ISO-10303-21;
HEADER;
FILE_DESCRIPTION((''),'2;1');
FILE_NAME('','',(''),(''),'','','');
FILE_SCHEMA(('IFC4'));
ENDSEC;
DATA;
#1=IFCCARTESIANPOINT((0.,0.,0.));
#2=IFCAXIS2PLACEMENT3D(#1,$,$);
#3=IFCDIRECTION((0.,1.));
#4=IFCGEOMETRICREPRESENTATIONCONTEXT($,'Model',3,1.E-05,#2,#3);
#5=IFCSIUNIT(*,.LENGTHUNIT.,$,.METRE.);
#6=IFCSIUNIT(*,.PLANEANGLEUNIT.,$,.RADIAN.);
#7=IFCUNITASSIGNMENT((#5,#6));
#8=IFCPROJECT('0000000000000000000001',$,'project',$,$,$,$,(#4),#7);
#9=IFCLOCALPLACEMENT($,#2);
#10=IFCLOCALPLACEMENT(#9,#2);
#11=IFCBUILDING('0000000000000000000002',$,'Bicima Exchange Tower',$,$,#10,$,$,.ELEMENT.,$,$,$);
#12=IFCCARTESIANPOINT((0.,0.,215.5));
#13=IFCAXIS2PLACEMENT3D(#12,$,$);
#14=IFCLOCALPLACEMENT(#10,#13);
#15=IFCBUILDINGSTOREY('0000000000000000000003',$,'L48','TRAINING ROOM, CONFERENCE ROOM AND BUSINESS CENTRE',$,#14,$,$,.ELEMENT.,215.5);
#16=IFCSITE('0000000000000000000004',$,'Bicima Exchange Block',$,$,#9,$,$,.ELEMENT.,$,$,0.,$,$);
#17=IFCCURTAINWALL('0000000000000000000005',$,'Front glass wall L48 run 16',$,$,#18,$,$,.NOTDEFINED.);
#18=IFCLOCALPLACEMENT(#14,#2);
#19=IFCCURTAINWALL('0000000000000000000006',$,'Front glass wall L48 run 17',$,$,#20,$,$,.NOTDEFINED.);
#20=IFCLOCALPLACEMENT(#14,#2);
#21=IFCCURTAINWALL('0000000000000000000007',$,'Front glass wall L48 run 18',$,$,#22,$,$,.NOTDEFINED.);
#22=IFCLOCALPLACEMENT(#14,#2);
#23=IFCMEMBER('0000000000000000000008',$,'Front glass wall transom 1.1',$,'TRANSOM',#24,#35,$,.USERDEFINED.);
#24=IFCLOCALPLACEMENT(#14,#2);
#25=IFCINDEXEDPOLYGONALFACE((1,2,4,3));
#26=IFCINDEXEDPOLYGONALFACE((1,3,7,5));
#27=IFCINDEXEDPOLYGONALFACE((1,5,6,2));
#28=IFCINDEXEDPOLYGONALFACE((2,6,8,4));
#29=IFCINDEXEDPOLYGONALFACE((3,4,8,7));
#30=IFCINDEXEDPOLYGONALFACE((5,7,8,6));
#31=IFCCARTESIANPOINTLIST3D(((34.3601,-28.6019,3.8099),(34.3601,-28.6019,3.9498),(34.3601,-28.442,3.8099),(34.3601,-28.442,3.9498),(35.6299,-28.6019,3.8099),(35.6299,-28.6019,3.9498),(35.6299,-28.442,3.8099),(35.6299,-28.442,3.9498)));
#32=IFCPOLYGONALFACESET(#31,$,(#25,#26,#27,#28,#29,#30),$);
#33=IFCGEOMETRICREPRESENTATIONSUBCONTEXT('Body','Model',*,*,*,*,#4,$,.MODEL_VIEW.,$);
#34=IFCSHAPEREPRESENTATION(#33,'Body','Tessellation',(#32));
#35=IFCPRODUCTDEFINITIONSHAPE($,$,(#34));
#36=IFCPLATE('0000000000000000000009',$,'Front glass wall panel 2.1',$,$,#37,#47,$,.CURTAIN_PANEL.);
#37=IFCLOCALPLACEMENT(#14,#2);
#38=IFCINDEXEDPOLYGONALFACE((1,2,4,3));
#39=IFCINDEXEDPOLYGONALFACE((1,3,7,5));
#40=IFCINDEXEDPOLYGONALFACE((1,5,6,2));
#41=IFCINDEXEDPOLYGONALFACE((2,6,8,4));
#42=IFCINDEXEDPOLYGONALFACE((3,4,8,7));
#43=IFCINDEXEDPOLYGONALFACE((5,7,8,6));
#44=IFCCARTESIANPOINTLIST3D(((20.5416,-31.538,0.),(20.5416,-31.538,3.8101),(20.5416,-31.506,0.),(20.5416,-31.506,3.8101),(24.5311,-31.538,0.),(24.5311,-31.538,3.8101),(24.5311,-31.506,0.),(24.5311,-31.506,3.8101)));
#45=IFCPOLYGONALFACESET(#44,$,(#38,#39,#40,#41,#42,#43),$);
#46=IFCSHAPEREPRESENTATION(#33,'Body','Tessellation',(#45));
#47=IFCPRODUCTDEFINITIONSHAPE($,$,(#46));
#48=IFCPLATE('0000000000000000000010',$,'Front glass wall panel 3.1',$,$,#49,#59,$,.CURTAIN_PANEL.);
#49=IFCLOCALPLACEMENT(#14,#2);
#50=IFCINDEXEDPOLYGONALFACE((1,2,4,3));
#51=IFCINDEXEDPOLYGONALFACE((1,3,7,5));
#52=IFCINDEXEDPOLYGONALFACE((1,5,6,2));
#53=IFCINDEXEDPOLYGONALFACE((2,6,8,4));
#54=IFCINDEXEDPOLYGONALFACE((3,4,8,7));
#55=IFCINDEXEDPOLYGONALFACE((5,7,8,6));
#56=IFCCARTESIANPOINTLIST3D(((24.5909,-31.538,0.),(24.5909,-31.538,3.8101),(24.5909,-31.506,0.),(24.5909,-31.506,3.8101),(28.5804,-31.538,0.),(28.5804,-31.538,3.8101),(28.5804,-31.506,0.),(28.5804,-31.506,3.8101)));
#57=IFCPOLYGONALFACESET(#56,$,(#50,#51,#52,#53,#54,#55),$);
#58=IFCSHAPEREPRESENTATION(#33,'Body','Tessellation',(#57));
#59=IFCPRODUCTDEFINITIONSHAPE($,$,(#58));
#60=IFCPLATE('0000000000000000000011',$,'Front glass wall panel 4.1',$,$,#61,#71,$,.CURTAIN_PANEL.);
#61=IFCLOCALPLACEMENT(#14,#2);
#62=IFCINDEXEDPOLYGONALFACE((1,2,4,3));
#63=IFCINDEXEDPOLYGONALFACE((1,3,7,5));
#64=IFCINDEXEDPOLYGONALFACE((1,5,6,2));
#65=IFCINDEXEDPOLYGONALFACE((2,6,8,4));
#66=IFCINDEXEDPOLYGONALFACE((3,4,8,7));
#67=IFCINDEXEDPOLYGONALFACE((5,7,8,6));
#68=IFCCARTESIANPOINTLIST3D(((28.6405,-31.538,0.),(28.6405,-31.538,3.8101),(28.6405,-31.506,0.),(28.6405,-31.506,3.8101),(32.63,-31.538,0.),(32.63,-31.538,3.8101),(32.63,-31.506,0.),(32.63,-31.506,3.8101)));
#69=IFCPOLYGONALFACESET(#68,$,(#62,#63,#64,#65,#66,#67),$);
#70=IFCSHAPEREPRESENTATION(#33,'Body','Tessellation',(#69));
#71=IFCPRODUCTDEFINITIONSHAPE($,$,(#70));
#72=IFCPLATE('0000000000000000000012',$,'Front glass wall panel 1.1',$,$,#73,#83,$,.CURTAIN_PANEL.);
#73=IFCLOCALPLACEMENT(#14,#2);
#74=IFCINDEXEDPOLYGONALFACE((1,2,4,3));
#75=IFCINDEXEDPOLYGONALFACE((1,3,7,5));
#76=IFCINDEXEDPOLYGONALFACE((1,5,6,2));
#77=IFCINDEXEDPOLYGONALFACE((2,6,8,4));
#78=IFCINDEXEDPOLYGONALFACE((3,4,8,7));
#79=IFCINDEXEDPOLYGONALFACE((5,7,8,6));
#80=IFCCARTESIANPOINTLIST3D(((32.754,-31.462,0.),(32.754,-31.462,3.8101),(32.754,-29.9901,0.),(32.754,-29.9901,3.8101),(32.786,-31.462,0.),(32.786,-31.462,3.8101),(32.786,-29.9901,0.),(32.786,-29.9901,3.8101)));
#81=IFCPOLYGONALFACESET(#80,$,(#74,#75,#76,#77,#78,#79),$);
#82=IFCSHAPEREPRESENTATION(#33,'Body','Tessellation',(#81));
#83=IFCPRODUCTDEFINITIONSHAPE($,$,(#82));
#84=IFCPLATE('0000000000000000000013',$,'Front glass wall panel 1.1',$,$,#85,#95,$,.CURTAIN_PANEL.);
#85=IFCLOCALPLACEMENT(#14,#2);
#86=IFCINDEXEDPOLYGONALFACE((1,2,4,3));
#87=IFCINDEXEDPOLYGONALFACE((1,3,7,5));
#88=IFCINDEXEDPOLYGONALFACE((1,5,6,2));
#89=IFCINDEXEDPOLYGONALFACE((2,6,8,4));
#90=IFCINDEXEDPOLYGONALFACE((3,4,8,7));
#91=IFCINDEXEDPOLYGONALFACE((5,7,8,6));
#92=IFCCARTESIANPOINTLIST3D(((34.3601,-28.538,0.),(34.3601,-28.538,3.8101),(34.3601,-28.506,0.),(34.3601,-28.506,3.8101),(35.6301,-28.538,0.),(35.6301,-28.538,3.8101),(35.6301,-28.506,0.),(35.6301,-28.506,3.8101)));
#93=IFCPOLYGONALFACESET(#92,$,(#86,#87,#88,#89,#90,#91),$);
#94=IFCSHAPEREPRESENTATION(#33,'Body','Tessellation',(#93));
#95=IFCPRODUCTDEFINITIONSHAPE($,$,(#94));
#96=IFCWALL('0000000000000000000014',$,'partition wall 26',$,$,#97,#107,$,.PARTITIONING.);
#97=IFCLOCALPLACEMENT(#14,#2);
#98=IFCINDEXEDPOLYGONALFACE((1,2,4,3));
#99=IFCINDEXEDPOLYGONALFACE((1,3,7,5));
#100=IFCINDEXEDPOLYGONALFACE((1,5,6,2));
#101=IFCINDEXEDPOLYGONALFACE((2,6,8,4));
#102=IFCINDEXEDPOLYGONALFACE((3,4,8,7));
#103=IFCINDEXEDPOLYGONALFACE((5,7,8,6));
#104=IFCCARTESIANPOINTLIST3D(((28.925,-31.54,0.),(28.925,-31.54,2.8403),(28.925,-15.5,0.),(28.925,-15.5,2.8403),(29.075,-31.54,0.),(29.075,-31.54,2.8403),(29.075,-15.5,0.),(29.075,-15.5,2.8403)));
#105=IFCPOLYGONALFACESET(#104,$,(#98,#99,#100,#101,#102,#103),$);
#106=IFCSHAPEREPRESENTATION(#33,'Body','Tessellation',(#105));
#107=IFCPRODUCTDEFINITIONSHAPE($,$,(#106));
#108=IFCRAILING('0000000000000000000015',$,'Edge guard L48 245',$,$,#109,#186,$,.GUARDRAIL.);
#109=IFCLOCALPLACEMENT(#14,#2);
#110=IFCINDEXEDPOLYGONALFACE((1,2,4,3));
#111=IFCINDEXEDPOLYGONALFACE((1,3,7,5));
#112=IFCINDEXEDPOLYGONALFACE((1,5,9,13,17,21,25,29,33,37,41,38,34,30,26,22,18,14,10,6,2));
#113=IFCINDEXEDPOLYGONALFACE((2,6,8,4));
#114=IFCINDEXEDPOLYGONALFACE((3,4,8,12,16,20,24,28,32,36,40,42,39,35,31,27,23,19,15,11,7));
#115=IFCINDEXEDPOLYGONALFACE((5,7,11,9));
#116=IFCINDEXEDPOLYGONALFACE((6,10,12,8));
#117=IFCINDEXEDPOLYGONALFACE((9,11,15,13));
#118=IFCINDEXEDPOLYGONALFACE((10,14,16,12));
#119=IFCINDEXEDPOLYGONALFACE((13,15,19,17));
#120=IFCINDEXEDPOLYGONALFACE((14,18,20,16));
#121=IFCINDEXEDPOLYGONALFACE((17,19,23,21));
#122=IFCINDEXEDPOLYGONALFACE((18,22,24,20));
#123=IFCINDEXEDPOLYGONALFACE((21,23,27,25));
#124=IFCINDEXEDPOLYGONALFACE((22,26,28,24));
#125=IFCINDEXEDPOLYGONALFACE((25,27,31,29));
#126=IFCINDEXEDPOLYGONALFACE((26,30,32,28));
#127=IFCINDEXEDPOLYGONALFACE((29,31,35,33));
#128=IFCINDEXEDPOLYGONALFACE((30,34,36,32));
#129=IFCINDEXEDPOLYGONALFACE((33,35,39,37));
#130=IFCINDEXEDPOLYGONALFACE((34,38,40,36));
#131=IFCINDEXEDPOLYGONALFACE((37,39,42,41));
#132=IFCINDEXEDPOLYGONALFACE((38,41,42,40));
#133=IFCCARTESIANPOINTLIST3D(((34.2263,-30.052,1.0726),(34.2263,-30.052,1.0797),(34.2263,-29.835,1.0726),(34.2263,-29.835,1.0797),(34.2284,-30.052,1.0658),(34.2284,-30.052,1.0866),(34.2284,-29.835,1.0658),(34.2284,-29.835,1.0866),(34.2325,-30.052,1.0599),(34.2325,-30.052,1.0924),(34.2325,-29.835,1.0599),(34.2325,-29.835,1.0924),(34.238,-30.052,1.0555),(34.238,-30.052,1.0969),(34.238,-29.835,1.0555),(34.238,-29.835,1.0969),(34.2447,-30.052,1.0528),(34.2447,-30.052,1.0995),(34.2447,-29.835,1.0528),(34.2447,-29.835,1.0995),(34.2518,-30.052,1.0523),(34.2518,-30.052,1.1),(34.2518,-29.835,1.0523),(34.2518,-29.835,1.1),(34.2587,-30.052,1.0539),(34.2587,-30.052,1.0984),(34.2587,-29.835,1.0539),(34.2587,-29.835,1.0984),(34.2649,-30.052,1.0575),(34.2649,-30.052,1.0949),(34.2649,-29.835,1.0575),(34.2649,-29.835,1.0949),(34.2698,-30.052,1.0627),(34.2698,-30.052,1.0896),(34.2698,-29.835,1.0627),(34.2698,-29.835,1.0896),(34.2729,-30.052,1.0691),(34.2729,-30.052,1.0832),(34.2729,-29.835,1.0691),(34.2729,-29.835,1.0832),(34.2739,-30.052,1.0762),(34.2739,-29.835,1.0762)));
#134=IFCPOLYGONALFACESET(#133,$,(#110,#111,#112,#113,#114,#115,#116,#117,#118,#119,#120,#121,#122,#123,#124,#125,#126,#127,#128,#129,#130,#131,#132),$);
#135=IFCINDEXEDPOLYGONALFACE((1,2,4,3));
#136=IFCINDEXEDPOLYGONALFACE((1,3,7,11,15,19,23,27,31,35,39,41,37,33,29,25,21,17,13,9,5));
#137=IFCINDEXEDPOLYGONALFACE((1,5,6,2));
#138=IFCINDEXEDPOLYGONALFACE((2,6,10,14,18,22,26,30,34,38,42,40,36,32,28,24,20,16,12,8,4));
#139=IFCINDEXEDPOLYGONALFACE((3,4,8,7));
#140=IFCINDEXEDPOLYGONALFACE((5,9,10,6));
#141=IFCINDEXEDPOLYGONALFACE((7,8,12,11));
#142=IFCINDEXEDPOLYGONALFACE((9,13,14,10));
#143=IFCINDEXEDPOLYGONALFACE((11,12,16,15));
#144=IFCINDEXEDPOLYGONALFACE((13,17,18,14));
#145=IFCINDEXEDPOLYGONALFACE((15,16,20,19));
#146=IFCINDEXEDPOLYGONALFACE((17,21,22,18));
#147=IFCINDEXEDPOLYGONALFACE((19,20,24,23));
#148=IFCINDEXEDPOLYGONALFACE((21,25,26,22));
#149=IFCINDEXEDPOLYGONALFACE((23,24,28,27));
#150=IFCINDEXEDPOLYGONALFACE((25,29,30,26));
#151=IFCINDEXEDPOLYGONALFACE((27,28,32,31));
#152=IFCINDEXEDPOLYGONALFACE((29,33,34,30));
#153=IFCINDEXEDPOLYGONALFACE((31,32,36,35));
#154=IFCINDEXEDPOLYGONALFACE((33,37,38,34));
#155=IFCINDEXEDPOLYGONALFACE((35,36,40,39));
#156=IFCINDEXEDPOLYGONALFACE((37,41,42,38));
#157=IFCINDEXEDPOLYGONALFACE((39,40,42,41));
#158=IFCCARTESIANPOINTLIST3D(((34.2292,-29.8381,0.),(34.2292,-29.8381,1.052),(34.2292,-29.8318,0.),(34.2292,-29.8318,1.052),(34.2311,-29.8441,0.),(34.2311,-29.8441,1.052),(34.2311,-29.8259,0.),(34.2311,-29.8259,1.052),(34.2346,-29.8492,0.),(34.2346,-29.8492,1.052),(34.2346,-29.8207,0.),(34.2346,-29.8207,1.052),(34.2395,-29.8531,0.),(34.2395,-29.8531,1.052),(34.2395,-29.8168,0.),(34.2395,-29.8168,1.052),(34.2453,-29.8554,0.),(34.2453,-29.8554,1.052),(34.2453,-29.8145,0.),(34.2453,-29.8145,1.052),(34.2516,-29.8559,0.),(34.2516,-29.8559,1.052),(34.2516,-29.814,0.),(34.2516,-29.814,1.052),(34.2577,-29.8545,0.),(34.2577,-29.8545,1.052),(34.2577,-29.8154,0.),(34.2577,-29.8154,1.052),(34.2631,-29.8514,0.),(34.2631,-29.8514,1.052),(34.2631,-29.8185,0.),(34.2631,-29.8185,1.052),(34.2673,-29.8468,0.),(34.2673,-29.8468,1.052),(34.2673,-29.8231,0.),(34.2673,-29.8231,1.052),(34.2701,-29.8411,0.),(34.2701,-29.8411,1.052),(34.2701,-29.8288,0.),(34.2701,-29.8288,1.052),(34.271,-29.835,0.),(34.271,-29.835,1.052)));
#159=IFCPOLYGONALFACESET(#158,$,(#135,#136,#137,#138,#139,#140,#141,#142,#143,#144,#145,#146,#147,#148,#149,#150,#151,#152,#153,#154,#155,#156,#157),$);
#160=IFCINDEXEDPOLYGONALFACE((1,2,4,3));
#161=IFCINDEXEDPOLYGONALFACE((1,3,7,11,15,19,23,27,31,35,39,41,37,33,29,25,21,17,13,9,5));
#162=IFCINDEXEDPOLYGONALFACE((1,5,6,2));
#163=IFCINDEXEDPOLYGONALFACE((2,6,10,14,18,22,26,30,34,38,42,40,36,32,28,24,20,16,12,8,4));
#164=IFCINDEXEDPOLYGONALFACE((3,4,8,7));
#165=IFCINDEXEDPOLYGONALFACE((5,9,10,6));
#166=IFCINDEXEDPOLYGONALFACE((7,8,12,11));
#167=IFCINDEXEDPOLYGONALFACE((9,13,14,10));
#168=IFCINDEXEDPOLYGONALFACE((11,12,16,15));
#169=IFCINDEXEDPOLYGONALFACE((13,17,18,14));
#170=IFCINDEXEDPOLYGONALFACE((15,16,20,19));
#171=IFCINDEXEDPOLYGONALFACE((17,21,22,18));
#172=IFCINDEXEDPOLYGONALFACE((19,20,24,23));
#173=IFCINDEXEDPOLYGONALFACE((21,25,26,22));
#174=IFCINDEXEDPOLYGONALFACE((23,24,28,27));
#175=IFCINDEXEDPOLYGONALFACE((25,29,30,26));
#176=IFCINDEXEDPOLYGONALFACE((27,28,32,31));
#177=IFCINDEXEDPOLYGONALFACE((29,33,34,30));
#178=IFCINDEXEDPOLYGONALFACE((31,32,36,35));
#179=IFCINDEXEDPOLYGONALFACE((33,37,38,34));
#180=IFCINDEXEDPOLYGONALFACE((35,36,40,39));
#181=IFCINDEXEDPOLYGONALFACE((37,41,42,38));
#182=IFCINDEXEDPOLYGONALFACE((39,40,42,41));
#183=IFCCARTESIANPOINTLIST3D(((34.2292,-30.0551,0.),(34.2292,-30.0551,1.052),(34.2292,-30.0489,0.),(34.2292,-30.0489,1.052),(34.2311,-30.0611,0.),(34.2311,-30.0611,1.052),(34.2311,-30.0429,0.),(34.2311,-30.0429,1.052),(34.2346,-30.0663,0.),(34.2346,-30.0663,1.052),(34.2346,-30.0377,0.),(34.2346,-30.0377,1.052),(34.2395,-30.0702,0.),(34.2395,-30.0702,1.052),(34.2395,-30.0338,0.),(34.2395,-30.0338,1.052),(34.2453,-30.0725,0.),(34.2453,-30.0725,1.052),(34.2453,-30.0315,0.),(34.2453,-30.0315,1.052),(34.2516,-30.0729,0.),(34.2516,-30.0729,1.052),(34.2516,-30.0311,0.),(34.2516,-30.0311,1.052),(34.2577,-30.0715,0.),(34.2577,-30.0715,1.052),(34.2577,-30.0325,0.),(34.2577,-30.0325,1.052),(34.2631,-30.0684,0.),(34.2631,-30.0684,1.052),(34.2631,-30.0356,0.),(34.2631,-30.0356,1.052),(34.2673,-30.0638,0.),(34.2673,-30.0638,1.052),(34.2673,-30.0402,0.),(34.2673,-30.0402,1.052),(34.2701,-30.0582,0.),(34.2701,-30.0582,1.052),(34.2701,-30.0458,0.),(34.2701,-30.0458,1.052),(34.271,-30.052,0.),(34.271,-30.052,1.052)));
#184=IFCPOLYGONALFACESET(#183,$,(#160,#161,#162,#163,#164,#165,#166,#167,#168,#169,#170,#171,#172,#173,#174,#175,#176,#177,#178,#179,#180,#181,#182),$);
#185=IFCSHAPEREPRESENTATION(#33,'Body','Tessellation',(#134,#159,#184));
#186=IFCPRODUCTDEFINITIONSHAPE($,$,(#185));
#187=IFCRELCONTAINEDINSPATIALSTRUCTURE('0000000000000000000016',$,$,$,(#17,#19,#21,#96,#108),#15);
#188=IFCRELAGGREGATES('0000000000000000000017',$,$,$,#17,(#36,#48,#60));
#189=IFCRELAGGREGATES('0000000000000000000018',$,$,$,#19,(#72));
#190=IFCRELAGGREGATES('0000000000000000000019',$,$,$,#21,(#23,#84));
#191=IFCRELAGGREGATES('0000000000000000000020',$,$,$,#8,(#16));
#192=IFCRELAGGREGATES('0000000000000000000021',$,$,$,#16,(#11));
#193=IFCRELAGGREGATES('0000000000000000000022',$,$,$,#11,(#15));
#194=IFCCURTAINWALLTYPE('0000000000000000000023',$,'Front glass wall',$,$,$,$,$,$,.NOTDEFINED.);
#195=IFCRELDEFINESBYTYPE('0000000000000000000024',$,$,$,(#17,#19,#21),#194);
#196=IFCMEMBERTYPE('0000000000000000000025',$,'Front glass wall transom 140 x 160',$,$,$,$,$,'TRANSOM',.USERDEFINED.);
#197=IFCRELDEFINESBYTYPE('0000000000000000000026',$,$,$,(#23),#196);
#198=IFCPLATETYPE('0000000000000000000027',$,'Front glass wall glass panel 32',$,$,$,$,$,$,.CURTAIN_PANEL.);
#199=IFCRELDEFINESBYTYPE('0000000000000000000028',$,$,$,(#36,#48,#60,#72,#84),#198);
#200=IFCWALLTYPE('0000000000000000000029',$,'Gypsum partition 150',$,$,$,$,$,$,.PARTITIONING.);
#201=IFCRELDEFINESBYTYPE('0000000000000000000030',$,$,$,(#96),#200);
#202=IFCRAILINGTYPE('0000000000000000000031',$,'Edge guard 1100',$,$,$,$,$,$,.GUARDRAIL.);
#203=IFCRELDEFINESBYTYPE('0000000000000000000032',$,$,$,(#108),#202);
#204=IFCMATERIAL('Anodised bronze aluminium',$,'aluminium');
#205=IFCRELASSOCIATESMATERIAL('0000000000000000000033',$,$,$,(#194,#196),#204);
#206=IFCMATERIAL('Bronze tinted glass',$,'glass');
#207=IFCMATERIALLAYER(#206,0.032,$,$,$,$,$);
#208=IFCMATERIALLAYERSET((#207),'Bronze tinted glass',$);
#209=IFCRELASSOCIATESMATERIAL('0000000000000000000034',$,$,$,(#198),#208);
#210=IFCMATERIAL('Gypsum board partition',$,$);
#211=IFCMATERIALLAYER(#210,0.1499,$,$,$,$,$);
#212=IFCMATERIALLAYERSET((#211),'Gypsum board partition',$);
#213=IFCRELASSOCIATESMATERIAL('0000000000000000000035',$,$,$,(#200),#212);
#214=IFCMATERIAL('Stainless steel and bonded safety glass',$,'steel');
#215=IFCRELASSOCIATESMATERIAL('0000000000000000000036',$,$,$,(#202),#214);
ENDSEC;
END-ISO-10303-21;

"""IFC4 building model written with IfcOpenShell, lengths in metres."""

from ifc_helpers import new_model, si_unit, direction, frame, frame_2d, origin, origin_2d, place, context, subcontext, project, spatial, rectangle, circle, extrude, material, layer, layer_set, material_profile, profile_set, type_object, element, aggregate, save


model = new_model("IFC4")

# Units and contexts
model_context = context("Model", 3, precision=1e-05, world=origin(), true_north=direction((0.0, 1.0)))
body_context = subcontext(model_context, "Body", "Model", "MODEL_VIEW")
ifc_project = project(units=[si_unit("LENGTHUNIT", "METRE"), si_unit("PLANEANGLEUNIT", "RADIAN")], contexts=[model_context])

# Site, building, storey
site_placement = place(None, origin())
site = spatial("IfcSite", under=ifc_project, at=site_placement, Name="Bicima Exchange Block", CompositionType="ELEMENT", RefElevation=0.0)
building_placement = place(site_placement, origin())
building = spatial("IfcBuilding", under=site, at=building_placement, Name="Bicima Exchange Tower", CompositionType="ELEMENT")
storey_placement = place(building_placement, frame((0.0, 0.0, 215.5)))
storey = spatial("IfcBuildingStorey", under=building, at=storey_placement, Name="L48", Description="TRAINING ROOM, CONFERENCE ROOM AND BUSINESS CENTRE", CompositionType="ELEMENT", Elevation=215.5)

# Curtain walls
ifc_material_1 = material(Name="Anodised bronze aluminium", Category="aluminium")
curtain_wall_type = type_object("IfcCurtainWallType", Name="Front glass wall", PredefinedType="NOTDEFINED", material=ifc_material_1)
curtain_wall_1_placement = place(storey_placement, origin())
curtain_wall_1 = element("IfcCurtainWall", 1, at=curtain_wall_1_placement, inside=storey, type_object=curtain_wall_type, Name="Front glass wall L48 run 16", PredefinedType="NOTDEFINED")
curtain_wall_2_placement = place(storey_placement, origin())
curtain_wall_2 = element("IfcCurtainWall", 2, at=curtain_wall_2_placement, inside=storey, type_object=curtain_wall_type, Name="Front glass wall L48 run 17", PredefinedType="NOTDEFINED")

# Curtain wall
curtain_wall_3_placement = place(storey_placement, origin())
curtain_wall_3 = element("IfcCurtainWall", 3, at=curtain_wall_3_placement, inside=storey, type_object=curtain_wall_type, Name="Front glass wall L48 run 18", PredefinedType="NOTDEFINED")

# Member
ifc_material_profile_1 = material_profile(ifc_material_1, rectangle(XDim=0.1599, YDim=0.1399, at=origin_2d()))
ifc_profile_set_1 = profile_set([ifc_material_profile_1], Name="Anodised bronze aluminium")
member_type_1 = type_object("IfcMemberType", Name="Front glass wall transom 140 x 160", ElementType="TRANSOM", PredefinedType="USERDEFINED", material=ifc_profile_set_1)
member_1_placement = place(storey_placement, frame((34.3601, -28.522, 3.8799), z_axis=(1.0, 0.0, 0.0), x_axis=(0.0, 1.0, 0.0)))
member_1 = element("IfcMember", 4, at=member_1_placement, type_object=member_type_1, Name="Front glass wall transom 1.1", ObjectType="TRANSOM", PredefinedType="USERDEFINED", context=body_context, shape_type="SweptSolid", body=[
    extrude(rectangle(XDim=0.1599, YDim=0.1399, at=origin_2d()), origin(), (0.0, 0.0, 1.0), 1.2698),
])

# Plates
ifc_material_2 = material(Name="Bronze tinted glass", Category="glass")
ifc_layer_1 = layer(ifc_material_2, 0.032)
ifc_layer_set_1 = layer_set([ifc_layer_1], Name="Bronze tinted glass")
plate_type = type_object("IfcPlateType", Name="Front glass wall glass panel 32", PredefinedType="CURTAIN_PANEL", material=ifc_layer_set_1)
plate_1_placement = place(storey_placement, frame((22.5364, -31.522, 0.0), z_axis=(0.0, 0.0, 1.0), x_axis=(1.0, 0.0, 0.0)))
plate_1 = element("IfcPlate", 5, at=plate_1_placement, type_object=plate_type, Name="Front glass wall panel 2.1", PredefinedType="CURTAIN_PANEL", context=body_context, shape_type="SweptSolid", body=[
    extrude(rectangle(XDim=3.9895, YDim=0.032, at=origin_2d()), origin(), (0.0, 0.0, 1.0), 3.8101),
])
plate_2_placement = place(storey_placement, frame((26.5857, -31.522, 0.0), z_axis=(0.0, 0.0, 1.0), x_axis=(1.0, 0.0, 0.0)))
plate_2 = element("IfcPlate", 6, at=plate_2_placement, type_object=plate_type, Name="Front glass wall panel 3.1", PredefinedType="CURTAIN_PANEL", context=body_context, shape_type="SweptSolid", body=[
    extrude(rectangle(XDim=3.9895, YDim=0.032, at=origin_2d()), origin(), (0.0, 0.0, 1.0), 3.8101),
])
plate_3_placement = place(storey_placement, frame((30.6353, -31.522, 0.0), z_axis=(0.0, 0.0, 1.0), x_axis=(1.0, 0.0, 0.0)))
plate_3 = element("IfcPlate", 7, at=plate_3_placement, type_object=plate_type, Name="Front glass wall panel 4.1", PredefinedType="CURTAIN_PANEL", context=body_context, shape_type="SweptSolid", body=[
    extrude(rectangle(XDim=3.9895, YDim=0.032, at=origin_2d()), origin(), (0.0, 0.0, 1.0), 3.8101),
])
aggregate(curtain_wall_1, [plate_1, plate_2, plate_3])
plate_4_placement = place(storey_placement, frame((32.77, -30.7261, 0.0), z_axis=(0.0, 0.0, 1.0), x_axis=(0.0, 1.0, 0.0)))
plate_4 = element("IfcPlate", 8, at=plate_4_placement, type_object=plate_type, Name="Front glass wall panel 1.1", PredefinedType="CURTAIN_PANEL", context=body_context, shape_type="SweptSolid", body=[
    extrude(rectangle(XDim=1.4719, YDim=0.032, at=origin_2d()), origin(), (0.0, 0.0, 1.0), 3.8101),
])
aggregate(curtain_wall_2, [plate_4])
plate_5_placement = place(storey_placement, frame((34.9951, -28.522, 0.0), z_axis=(0.0, 0.0, 1.0), x_axis=(1.0, 0.0, 0.0)))
plate_5 = element("IfcPlate", 9, at=plate_5_placement, type_object=plate_type, Name="Front glass wall panel 1.1", PredefinedType="CURTAIN_PANEL", context=body_context, shape_type="SweptSolid", body=[
    extrude(rectangle(XDim=1.27, YDim=0.032, at=origin_2d()), origin(), (0.0, 0.0, 1.0), 3.8101),
])
aggregate(curtain_wall_3, [member_1, plate_5])

# Wall
ifc_material_3 = material(Name="Gypsum board partition")
ifc_layer_2 = layer(ifc_material_3, 0.1499)
ifc_layer_set_2 = layer_set([ifc_layer_2], Name="Gypsum board partition")
wall_type = type_object("IfcWallType", Name="Gypsum partition 150", PredefinedType="PARTITIONING", material=ifc_layer_set_2)
wall_placement = place(storey_placement, frame((29.0, -31.54, 0.0), z_axis=(0.0, 0.0, 1.0), x_axis=(0.0, 1.0, 0.0)))
element("IfcWall", 10, at=wall_placement, inside=storey, type_object=wall_type, Name="partition wall 26", PredefinedType="PARTITIONING", context=body_context, shape_type="SweptSolid", body=[
    extrude(rectangle(XDim=16.04, YDim=0.1499, at=frame_2d((8.02, 0.0))), origin(), (0.0, 0.0, 1.0), 2.8403),
])

# Railing
ifc_material_4 = material(Name="Stainless steel and bonded safety glass", Category="steel")
railing_type = type_object("IfcRailingType", Name="Edge guard 1100", PredefinedType="GUARDRAIL", material=ifc_material_4)
railing_1_placement = place(storey_placement, frame((34.25, -29.835, 0.0)))
element("IfcRailing", 11, at=railing_1_placement, inside=storey, type_object=railing_type, Name="Edge guard L48 245", PredefinedType="GUARDRAIL", context=body_context, shape_type="SweptSolid", body=[
    extrude(circle(Radius=0.0239, at=origin_2d()), frame((0.0, 0.0, 1.0762), z_axis=(0.0, -1.0, 0.0), x_axis=(1.0, 0.0, 0.0)), (0.0, 0.0, 1.0), 0.217),
    extrude(circle(Radius=0.021, at=origin_2d()), origin(), (0.0, 0.0, 1.0), 1.052),
    extrude(circle(Radius=0.021, at=origin_2d()), frame((0.0, -0.217, 0.0)), (0.0, 0.0, 1.0), 1.052),
])

save(model, "model.ifc")
